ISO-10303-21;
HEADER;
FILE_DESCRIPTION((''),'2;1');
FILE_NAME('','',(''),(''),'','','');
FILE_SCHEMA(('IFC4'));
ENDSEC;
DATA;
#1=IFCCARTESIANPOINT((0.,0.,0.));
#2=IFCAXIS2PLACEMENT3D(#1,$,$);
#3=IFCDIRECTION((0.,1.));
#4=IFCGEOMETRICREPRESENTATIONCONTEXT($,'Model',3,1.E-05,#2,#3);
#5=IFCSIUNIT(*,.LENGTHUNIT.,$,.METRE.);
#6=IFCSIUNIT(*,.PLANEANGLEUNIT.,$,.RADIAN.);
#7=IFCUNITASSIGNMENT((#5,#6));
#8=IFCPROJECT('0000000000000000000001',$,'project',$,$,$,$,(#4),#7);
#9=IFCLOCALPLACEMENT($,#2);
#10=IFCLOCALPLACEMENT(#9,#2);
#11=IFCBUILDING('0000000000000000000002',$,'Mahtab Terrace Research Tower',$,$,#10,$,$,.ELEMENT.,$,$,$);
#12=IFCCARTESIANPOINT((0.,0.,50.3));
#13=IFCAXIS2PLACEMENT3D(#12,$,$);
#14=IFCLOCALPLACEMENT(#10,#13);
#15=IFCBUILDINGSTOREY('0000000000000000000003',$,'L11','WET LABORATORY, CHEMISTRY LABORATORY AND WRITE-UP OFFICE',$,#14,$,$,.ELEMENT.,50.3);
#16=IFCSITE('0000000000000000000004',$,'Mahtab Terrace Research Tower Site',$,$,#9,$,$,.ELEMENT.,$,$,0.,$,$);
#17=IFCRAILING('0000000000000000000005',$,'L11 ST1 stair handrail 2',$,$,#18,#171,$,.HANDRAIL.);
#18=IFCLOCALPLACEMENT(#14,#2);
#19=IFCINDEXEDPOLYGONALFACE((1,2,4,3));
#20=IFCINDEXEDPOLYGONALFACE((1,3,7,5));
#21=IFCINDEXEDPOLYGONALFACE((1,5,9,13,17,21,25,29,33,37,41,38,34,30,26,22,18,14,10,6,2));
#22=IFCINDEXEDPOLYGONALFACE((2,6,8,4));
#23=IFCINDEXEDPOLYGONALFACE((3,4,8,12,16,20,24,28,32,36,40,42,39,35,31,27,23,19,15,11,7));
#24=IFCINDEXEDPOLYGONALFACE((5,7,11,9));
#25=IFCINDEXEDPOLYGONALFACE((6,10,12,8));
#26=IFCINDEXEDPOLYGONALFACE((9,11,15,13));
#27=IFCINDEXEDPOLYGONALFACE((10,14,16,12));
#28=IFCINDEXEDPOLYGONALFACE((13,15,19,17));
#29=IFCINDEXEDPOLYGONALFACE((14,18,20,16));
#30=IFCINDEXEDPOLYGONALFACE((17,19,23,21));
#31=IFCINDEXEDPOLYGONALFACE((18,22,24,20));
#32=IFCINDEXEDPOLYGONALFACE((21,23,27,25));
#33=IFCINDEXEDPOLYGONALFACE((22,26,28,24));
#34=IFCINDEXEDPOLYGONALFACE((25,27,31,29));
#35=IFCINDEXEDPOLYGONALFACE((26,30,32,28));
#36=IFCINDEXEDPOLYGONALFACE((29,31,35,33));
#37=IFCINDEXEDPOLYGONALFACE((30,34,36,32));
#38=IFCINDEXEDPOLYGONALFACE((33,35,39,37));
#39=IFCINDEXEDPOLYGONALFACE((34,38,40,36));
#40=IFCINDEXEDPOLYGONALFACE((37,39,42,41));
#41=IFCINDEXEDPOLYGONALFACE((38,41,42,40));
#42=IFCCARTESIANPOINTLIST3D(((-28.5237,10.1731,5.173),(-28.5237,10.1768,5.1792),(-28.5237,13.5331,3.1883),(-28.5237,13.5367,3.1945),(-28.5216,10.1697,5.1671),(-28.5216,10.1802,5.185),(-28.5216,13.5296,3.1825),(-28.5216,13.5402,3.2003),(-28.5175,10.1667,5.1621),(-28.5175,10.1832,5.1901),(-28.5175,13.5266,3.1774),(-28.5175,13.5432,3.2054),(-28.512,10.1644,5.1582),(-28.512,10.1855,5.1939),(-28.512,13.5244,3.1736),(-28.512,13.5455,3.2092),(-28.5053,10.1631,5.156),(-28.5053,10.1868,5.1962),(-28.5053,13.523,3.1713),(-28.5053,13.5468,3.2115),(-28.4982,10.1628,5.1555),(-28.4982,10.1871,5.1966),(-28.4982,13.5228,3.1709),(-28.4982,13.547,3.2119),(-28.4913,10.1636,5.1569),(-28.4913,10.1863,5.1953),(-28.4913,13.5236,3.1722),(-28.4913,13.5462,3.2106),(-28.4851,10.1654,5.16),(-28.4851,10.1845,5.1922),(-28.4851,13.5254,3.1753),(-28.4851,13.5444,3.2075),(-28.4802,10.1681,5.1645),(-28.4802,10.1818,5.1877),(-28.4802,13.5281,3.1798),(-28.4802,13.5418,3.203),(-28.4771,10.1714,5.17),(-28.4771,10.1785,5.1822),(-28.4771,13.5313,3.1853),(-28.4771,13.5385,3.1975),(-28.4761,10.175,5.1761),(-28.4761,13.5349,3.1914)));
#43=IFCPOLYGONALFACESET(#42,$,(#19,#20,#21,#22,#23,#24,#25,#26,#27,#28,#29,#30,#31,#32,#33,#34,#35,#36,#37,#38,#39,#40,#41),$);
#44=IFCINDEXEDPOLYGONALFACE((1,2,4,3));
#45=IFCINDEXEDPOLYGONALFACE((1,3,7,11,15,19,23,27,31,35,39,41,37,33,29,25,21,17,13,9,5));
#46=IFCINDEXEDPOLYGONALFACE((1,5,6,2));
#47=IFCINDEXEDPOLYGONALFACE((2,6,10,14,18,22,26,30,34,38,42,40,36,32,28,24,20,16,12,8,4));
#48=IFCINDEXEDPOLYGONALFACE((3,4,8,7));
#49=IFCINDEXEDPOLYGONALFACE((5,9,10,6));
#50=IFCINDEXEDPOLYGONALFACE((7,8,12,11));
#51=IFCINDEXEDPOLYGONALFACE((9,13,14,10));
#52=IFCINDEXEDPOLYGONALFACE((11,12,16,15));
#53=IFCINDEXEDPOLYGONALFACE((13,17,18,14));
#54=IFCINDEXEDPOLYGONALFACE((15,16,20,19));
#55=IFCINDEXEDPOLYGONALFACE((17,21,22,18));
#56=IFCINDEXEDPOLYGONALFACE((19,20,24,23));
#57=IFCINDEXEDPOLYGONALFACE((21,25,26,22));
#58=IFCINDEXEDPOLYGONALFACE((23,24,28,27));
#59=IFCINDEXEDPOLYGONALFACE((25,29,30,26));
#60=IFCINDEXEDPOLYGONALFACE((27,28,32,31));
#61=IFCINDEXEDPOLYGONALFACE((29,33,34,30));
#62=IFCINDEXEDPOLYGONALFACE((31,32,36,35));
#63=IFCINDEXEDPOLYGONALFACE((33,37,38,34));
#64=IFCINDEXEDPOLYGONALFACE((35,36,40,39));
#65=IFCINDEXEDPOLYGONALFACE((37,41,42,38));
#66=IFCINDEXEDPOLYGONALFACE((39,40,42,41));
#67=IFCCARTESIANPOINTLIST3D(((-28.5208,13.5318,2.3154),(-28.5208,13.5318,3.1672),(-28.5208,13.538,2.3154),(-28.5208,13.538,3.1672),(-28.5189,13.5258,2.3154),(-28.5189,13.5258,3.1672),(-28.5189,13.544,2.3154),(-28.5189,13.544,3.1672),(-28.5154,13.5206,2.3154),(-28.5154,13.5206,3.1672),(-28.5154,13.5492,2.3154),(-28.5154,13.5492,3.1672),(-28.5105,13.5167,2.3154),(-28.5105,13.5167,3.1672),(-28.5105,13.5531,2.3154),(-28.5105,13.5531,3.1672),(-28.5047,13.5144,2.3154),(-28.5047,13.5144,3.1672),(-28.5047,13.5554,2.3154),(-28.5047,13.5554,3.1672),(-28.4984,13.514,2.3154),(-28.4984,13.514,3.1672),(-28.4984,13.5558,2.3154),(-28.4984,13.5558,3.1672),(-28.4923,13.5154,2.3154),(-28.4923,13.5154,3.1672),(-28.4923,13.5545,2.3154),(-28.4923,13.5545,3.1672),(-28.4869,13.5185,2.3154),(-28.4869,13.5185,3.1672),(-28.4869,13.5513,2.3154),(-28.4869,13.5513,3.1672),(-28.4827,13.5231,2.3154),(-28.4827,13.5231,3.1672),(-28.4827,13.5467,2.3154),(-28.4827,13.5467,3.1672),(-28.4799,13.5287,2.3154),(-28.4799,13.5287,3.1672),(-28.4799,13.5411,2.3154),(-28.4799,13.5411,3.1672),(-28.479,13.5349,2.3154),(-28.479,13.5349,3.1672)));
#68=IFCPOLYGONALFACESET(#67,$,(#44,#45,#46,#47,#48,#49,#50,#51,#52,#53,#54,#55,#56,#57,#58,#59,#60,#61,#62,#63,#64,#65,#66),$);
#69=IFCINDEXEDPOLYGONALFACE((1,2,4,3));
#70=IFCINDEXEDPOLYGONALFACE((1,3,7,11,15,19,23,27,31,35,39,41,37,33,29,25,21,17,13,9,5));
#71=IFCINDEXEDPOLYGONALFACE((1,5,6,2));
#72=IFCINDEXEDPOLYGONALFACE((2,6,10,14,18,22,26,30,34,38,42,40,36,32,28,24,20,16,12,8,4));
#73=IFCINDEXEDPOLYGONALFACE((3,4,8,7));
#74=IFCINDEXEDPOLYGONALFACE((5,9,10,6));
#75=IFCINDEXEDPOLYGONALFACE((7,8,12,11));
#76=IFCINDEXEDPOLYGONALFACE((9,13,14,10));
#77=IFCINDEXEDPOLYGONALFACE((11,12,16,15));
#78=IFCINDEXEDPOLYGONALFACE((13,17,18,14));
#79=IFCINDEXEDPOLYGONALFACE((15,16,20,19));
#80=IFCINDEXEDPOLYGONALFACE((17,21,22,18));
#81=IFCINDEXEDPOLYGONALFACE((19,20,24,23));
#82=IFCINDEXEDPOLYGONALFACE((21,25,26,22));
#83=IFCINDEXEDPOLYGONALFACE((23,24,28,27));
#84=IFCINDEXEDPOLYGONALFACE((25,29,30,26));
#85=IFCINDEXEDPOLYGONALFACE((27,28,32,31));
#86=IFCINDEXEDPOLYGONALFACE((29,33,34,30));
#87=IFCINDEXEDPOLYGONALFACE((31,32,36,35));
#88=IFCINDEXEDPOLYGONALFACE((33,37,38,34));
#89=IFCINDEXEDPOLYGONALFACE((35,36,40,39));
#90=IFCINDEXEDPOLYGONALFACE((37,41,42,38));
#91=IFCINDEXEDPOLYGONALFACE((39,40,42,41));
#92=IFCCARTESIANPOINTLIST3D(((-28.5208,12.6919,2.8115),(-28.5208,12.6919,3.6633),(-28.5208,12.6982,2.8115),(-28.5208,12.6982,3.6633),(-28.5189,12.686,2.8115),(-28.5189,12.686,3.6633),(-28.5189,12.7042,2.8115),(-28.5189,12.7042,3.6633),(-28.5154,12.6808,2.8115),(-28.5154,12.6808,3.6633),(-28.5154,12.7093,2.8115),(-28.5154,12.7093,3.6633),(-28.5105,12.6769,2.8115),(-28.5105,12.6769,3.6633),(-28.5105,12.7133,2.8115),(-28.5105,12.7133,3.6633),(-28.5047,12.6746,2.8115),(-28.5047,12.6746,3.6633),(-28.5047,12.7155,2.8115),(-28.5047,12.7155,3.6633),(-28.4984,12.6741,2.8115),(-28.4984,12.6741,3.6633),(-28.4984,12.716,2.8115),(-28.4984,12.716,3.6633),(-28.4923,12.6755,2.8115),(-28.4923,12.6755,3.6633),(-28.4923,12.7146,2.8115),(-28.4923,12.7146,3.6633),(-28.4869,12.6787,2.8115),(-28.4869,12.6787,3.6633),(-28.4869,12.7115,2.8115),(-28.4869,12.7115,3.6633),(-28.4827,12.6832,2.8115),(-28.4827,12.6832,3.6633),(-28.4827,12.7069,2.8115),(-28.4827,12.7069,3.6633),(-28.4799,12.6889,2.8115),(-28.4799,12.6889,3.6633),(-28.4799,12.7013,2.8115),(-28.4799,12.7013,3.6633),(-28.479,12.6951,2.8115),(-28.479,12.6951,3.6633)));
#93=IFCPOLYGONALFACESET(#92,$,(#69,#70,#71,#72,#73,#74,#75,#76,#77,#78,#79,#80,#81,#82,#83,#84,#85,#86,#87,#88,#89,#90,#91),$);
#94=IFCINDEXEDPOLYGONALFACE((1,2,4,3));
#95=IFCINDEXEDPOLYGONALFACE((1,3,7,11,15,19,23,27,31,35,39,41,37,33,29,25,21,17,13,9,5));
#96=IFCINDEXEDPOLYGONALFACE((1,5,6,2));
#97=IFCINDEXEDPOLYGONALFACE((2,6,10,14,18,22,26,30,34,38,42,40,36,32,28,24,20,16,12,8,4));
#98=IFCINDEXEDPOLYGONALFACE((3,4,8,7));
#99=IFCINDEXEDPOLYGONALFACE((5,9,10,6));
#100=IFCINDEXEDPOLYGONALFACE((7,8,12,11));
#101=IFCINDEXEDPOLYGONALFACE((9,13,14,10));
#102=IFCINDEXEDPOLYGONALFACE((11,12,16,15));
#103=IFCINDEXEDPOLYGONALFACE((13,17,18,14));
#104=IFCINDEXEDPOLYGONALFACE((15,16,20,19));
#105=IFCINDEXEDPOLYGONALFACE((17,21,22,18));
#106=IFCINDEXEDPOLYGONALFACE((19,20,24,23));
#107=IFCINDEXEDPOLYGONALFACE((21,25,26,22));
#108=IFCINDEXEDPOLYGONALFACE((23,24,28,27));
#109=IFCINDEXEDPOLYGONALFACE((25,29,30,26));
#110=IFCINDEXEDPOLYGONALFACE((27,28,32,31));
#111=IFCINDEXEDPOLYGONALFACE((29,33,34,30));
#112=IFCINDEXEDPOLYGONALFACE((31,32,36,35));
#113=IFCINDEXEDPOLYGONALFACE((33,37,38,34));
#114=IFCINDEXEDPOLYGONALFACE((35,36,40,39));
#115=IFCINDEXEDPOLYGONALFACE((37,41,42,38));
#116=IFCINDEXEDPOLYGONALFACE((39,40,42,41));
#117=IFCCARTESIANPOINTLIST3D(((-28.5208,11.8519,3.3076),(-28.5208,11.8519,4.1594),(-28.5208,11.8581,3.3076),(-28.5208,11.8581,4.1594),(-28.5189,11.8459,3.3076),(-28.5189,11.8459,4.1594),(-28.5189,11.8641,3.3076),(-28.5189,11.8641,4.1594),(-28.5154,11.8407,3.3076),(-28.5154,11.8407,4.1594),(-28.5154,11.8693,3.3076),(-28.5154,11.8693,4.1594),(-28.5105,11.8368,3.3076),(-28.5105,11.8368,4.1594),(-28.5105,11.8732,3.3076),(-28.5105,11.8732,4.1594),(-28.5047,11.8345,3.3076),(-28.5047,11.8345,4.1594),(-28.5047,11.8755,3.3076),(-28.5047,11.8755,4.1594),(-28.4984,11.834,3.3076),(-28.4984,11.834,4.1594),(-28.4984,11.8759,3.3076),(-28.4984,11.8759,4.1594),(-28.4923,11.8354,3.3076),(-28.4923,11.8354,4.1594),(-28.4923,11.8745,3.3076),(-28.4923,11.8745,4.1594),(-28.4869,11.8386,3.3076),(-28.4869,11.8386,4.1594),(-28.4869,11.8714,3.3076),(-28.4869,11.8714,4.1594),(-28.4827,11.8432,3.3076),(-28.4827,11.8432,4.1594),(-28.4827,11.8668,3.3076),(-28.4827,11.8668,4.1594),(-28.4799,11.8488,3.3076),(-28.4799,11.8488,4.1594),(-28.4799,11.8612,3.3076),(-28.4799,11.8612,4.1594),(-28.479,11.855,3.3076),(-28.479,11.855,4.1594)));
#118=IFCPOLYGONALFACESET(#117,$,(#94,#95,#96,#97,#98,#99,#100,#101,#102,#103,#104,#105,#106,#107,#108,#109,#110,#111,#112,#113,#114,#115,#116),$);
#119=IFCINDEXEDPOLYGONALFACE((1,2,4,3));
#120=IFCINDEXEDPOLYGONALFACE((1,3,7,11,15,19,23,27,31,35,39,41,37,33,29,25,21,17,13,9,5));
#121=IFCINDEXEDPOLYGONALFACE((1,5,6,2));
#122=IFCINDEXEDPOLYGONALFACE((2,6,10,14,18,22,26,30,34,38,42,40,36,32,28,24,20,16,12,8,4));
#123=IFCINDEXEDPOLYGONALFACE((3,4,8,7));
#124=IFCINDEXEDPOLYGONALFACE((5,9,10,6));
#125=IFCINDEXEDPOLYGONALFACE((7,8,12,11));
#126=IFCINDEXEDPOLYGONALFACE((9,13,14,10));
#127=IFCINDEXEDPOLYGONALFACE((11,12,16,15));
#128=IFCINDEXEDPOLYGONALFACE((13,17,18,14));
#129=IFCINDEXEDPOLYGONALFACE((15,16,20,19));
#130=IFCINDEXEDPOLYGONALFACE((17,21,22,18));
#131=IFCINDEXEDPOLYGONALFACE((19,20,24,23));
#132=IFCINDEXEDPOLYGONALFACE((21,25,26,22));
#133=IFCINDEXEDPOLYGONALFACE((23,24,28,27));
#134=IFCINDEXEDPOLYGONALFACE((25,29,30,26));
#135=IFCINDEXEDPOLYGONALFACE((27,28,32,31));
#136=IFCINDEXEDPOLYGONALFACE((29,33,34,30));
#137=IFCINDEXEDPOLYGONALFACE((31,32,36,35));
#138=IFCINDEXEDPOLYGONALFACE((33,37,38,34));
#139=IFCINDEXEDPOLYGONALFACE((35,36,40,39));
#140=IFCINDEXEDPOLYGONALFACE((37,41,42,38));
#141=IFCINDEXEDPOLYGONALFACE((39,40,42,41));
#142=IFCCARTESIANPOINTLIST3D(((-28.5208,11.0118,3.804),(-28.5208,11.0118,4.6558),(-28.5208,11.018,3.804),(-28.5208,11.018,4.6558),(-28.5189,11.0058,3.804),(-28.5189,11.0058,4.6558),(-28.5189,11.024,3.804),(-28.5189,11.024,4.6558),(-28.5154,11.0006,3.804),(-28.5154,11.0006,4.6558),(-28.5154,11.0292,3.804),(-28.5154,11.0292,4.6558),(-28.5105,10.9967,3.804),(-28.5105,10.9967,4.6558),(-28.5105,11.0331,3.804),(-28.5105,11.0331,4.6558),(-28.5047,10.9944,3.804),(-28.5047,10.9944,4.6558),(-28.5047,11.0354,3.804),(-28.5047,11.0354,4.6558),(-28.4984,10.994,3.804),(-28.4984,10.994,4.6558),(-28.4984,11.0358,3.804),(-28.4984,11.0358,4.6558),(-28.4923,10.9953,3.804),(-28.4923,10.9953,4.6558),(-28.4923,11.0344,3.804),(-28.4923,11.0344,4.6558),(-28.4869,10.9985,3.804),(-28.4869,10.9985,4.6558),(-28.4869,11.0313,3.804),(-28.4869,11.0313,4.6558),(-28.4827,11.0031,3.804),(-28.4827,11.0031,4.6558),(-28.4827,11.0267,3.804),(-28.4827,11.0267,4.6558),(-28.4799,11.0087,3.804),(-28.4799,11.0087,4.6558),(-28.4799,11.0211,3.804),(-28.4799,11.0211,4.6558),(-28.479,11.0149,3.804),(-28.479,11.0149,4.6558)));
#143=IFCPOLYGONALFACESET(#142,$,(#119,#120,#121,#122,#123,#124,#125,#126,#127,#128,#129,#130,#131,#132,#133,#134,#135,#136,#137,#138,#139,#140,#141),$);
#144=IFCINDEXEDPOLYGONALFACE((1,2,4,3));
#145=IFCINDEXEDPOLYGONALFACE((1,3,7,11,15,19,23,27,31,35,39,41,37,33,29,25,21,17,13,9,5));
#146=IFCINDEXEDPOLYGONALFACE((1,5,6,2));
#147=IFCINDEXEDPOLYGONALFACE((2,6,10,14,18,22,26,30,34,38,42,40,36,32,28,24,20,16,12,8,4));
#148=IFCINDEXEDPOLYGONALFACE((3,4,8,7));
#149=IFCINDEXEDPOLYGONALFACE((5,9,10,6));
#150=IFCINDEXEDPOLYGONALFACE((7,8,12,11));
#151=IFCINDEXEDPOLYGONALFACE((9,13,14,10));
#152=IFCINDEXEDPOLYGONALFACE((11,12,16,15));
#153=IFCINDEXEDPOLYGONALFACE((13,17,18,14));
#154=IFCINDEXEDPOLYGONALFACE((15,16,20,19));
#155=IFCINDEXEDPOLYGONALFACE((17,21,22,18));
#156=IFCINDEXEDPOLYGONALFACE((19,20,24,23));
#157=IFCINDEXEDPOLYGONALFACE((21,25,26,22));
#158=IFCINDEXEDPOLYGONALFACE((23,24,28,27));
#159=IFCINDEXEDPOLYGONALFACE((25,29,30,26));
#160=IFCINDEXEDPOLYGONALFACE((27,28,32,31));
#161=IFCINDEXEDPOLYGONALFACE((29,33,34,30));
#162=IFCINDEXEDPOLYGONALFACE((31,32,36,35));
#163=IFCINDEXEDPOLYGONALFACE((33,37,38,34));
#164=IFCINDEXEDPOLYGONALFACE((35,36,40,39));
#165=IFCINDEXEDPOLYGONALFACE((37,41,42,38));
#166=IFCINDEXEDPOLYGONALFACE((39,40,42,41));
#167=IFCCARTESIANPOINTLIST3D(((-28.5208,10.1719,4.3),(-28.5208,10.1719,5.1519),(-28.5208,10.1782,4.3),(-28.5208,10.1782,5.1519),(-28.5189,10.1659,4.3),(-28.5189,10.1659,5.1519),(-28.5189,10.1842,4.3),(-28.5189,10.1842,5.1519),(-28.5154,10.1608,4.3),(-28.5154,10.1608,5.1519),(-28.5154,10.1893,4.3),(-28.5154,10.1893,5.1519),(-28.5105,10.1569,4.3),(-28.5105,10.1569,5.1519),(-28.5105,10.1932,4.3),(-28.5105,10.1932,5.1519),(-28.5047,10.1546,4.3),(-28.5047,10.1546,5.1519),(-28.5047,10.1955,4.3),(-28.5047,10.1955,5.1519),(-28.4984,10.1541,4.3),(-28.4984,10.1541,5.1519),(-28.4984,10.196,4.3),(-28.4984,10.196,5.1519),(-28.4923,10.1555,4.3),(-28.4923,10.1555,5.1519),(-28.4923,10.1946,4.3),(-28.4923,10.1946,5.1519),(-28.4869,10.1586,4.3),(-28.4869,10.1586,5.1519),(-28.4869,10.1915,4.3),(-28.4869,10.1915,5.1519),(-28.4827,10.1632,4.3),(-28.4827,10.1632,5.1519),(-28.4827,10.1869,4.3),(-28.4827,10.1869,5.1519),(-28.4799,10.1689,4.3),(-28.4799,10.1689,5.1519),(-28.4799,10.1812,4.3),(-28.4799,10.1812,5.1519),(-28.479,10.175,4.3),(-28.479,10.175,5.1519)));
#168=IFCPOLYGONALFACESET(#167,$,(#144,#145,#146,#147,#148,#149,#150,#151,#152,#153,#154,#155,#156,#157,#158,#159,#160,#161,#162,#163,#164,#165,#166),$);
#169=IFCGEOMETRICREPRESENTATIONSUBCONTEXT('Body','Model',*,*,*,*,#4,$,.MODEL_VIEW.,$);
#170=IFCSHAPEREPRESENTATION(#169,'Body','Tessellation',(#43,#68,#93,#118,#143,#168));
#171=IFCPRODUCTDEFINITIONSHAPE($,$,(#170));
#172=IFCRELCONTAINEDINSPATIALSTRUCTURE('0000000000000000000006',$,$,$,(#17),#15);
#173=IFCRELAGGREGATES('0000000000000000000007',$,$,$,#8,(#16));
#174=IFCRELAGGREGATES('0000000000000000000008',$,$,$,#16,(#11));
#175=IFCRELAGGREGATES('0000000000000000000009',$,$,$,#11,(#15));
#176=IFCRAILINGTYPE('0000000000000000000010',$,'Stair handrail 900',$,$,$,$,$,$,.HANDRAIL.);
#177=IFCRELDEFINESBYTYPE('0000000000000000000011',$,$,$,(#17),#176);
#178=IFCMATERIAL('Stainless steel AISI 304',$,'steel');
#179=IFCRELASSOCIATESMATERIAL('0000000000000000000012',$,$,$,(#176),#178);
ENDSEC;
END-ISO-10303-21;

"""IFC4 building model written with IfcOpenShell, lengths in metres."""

from ifc_helpers import new_model, si_unit, direction, frame, origin, origin_2d, place, context, subcontext, project, spatial, circle, extrude, material, type_object, element, save


model = new_model("IFC4")

# Units and contexts
model_context = context("Model", 3, precision=1e-05, world=origin(), true_north=direction((0.0, 1.0)))
body_context = subcontext(model_context, "Body", "Model", "MODEL_VIEW")
ifc_project = project(units=[si_unit("LENGTHUNIT", "METRE"), si_unit("PLANEANGLEUNIT", "RADIAN")], contexts=[model_context])

# Site, building, storey
site_placement = place(None, origin())
site = spatial("IfcSite", under=ifc_project, at=site_placement, Name="Mahtab Terrace Research Tower Site", CompositionType="ELEMENT", RefElevation=0.0)
building_placement = place(site_placement, origin())
building = spatial("IfcBuilding", under=site, at=building_placement, Name="Mahtab Terrace Research Tower", CompositionType="ELEMENT")
storey_placement = place(building_placement, frame((0.0, 0.0, 50.3)))
storey = spatial("IfcBuildingStorey", under=building, at=storey_placement, Name="L11", Description="WET LABORATORY, CHEMISTRY LABORATORY AND WRITE-UP OFFICE", CompositionType="ELEMENT", Elevation=50.3)

# Railing
ifc_material_1 = material(Name="Stainless steel AISI 304", Category="steel")
railing_type_1 = type_object("IfcRailingType", Name="Stair handrail 900", PredefinedType="HANDRAIL", material=ifc_material_1)
railing_1_placement = place(storey_placement, frame((-28.5, 13.5349, 2.3154)))
element("IfcRailing", 1, at=railing_1_placement, inside=storey, type_object=railing_type_1, Name="L11 ST1 stair handrail 2", PredefinedType="HANDRAIL", context=body_context, shape_type="SweptSolid", body=[
    extrude(circle(Radius=0.0239, at=origin_2d()), frame((0.0, 0.0, 0.876), z_axis=(0.0, -0.861011, 0.508586), x_axis=(1.0, 0.0, 0.0)), (0.0, 0.0, 1.0), 3.9023),
    extrude(circle(Radius=0.021, at=origin_2d()), origin(), (0.0, 0.0, 1.0), 0.8518),
    extrude(circle(Radius=0.021, at=origin_2d()), frame((0.0, -0.8398, 0.4961)), (0.0, 0.0, 1.0), 0.8518),
    extrude(circle(Radius=0.021, at=origin_2d()), frame((0.0, -1.6799, 0.9922)), (0.0, 0.0, 1.0), 0.8518),
    extrude(circle(Radius=0.021, at=origin_2d()), frame((0.0, -2.52, 1.4885)), (0.0, 0.0, 1.0), 0.8518),
    extrude(circle(Radius=0.021, at=origin_2d()), frame((0.0, -3.3599, 1.9846)), (0.0, 0.0, 1.0), 0.8518),
])

save(model, "model.ifc")
